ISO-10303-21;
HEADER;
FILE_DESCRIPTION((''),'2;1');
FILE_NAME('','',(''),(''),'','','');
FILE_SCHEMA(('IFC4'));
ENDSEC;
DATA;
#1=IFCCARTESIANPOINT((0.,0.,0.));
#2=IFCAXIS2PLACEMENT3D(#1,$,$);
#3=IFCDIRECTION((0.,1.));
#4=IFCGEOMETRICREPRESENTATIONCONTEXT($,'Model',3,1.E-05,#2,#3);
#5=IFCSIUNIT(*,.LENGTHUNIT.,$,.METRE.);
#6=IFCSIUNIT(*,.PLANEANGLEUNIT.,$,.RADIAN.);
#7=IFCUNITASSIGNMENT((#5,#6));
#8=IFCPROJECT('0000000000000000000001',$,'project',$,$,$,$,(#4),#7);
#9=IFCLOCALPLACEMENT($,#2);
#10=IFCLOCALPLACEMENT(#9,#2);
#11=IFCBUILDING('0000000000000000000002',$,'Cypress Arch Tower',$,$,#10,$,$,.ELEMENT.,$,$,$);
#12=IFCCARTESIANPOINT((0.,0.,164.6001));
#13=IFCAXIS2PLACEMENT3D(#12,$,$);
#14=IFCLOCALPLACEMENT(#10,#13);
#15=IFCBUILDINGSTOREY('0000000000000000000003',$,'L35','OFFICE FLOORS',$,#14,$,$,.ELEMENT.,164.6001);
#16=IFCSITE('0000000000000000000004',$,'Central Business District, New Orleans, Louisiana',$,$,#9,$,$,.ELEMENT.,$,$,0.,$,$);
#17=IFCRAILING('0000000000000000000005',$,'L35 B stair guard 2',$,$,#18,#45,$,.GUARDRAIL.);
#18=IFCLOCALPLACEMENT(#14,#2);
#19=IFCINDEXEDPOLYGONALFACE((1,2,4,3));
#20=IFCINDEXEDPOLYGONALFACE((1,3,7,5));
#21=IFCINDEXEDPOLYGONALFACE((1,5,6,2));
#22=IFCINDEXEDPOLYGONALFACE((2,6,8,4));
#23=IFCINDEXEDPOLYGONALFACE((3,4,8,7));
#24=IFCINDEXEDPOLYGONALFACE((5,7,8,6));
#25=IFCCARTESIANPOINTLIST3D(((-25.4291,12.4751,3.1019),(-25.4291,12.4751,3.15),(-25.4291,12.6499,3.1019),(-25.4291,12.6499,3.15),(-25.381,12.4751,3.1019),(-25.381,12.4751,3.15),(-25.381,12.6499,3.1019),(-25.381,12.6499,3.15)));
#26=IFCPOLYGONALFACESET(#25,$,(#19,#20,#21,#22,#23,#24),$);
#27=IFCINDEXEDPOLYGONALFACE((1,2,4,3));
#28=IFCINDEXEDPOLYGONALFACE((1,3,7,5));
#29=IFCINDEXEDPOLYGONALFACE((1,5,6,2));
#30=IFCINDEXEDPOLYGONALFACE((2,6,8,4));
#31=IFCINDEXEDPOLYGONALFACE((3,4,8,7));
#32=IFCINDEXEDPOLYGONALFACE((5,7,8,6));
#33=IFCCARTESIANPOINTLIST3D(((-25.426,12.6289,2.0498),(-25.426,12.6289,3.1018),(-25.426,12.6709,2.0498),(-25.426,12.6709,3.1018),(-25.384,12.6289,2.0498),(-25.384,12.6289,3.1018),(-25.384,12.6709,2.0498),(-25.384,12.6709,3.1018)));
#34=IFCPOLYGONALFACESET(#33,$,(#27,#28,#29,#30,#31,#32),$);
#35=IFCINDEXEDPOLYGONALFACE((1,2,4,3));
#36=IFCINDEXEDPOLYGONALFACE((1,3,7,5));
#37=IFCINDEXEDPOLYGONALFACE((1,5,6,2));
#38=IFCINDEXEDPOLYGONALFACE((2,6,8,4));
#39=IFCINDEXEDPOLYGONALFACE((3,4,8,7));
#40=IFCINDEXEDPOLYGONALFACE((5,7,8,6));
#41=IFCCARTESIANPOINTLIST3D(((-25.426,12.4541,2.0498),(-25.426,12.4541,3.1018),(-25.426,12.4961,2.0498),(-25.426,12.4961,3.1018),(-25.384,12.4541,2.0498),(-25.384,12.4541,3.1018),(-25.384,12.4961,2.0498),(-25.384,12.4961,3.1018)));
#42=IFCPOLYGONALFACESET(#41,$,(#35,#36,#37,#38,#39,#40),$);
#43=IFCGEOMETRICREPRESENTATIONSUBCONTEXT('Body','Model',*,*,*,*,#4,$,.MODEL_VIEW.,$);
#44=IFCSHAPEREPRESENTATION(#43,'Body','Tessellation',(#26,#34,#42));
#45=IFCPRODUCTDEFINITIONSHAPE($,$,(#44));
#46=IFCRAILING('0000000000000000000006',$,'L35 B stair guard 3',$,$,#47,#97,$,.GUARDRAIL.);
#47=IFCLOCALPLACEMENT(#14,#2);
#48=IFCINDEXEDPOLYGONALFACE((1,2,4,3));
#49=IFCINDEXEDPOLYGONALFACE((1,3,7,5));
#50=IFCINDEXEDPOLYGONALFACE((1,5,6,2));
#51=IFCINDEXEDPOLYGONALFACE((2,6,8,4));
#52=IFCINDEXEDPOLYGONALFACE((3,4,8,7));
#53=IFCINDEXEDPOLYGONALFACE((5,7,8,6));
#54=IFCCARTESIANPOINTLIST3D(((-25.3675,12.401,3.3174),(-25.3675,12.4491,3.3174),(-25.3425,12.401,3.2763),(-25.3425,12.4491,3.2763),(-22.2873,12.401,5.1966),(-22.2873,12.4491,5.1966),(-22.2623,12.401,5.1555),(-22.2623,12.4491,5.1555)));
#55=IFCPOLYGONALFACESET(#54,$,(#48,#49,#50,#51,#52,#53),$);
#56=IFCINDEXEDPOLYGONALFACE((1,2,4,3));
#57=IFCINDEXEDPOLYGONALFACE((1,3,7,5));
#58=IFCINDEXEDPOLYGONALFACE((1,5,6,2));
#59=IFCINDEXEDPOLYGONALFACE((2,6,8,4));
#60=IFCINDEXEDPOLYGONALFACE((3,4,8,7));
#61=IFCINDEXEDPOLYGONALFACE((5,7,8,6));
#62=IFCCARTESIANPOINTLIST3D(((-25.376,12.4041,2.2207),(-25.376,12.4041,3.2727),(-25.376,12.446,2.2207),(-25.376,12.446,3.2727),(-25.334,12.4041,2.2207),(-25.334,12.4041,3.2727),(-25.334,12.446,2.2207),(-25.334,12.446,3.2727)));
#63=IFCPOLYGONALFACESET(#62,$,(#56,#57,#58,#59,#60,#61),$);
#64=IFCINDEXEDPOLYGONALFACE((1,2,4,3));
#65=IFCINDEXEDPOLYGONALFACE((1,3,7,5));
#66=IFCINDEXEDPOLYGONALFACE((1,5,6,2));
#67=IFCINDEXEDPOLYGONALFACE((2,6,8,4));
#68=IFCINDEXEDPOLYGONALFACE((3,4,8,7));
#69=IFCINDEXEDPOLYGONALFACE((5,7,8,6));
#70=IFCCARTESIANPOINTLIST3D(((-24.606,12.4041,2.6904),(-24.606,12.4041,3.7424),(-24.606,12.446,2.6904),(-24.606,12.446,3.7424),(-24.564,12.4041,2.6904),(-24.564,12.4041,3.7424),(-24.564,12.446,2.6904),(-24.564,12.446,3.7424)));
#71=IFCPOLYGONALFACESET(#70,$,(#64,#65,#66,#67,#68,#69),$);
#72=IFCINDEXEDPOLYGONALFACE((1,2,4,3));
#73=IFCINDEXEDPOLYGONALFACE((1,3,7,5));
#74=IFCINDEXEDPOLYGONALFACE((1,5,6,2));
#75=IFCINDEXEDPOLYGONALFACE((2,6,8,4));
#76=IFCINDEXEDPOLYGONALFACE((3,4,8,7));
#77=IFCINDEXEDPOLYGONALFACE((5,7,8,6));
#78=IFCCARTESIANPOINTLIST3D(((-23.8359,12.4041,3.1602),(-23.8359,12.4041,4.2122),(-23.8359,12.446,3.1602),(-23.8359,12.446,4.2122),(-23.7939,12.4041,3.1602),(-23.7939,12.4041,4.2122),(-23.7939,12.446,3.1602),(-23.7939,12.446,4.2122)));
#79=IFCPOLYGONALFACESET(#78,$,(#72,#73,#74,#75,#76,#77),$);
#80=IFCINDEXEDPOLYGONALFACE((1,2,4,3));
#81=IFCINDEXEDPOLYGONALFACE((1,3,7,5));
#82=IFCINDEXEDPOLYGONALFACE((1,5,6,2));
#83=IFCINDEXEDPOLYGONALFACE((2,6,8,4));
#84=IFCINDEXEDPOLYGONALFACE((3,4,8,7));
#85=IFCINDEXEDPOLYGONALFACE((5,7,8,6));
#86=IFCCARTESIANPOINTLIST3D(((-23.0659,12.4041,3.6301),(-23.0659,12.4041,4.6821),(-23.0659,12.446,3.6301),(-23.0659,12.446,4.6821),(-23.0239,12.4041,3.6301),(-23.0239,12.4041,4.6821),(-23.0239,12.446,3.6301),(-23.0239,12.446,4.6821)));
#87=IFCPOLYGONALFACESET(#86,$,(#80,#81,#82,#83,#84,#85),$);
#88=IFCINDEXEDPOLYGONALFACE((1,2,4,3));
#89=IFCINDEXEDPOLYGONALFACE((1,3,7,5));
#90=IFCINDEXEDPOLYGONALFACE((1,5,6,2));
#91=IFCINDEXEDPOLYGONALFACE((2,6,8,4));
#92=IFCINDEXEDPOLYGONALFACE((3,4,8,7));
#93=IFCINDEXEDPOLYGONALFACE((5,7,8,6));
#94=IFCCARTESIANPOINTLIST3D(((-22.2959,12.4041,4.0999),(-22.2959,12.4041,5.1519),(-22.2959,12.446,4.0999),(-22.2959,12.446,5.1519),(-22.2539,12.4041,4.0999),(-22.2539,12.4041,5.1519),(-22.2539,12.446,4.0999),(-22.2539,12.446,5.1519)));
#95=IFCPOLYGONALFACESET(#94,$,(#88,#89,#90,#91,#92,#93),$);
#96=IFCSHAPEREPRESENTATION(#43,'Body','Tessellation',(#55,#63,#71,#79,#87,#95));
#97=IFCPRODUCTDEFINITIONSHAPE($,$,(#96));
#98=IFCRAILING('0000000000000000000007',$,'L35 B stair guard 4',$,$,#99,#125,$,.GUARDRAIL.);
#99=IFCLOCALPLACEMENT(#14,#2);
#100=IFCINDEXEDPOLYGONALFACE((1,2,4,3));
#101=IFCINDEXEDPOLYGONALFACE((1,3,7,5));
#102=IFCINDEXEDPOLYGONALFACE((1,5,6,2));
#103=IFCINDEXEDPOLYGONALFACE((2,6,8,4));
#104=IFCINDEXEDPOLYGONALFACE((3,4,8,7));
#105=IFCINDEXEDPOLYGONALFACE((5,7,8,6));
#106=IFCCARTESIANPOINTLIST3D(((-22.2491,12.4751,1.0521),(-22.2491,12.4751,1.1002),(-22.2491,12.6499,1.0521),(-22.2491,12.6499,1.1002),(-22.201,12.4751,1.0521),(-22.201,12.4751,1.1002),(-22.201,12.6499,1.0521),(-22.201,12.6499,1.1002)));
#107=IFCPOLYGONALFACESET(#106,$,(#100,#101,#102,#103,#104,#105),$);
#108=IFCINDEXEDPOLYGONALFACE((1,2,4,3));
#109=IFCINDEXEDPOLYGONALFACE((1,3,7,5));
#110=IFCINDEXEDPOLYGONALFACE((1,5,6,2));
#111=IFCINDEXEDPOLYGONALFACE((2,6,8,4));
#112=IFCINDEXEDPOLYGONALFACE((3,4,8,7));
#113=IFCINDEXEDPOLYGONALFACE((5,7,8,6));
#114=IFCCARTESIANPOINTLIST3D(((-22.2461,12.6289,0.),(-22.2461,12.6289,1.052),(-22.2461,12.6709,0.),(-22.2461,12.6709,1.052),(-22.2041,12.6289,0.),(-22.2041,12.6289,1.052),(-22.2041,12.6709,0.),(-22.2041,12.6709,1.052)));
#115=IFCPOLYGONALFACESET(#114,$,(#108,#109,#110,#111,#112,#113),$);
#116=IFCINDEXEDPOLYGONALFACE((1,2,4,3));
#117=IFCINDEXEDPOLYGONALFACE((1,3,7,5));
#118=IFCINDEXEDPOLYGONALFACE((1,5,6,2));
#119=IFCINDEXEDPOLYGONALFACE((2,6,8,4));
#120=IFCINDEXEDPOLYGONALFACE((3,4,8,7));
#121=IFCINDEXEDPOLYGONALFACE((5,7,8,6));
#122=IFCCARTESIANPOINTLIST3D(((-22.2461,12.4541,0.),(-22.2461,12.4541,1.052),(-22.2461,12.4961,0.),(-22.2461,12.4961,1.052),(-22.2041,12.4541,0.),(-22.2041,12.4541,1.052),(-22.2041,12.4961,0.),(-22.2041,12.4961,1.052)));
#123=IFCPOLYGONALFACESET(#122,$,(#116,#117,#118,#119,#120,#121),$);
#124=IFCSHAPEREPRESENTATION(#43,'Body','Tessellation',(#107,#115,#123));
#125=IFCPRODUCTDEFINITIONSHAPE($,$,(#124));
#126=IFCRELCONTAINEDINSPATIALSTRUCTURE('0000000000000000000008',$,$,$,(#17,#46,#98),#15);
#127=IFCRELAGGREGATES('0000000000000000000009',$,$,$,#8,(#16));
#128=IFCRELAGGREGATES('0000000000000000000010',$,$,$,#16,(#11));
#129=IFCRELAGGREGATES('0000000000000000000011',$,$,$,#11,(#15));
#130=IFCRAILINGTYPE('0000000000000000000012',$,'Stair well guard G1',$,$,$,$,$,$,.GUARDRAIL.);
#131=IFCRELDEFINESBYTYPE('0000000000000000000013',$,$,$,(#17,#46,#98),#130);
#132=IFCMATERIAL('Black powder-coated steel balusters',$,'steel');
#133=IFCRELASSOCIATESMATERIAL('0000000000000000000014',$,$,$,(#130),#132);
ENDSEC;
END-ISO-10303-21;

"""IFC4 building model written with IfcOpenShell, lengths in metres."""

from ifc_helpers import new_model, si_unit, direction, frame, origin, origin_2d, place, context, subcontext, project, spatial, rectangle, extrude, material, type_object, element, save


model = new_model("IFC4")

# Units and contexts
model_context = context("Model", 3, precision=1e-05, world=origin(), true_north=direction((0.0, 1.0)))
body_context = subcontext(model_context, "Body", "Model", "MODEL_VIEW")
ifc_project = project(units=[si_unit("LENGTHUNIT", "METRE"), si_unit("PLANEANGLEUNIT", "RADIAN")], contexts=[model_context])

# Site, building, storey
site_placement = place(None, origin())
site = spatial("IfcSite", under=ifc_project, at=site_placement, Name="Central Business District, New Orleans, Louisiana", CompositionType="ELEMENT", RefElevation=0.0)
building_placement = place(site_placement, origin())
building = spatial("IfcBuilding", under=site, at=building_placement, Name="Cypress Arch Tower", CompositionType="ELEMENT")
storey_placement = place(building_placement, frame((0.0, 0.0, 164.6001)))
storey = spatial("IfcBuildingStorey", under=building, at=storey_placement, Name="L35", Description="OFFICE FLOORS", CompositionType="ELEMENT", Elevation=164.6001)

# Railings
ifc_material_1 = material(Name="Black powder-coated steel balusters", Category="steel")
railing_type_1 = type_object("IfcRailingType", Name="Stair well guard G1", PredefinedType="GUARDRAIL", material=ifc_material_1)
railing_1_placement = place(storey_placement, frame((-25.405, 12.6499, 2.0498)))
element("IfcRailing", 1, at=railing_1_placement, inside=storey, type_object=railing_type_1, Name="L35 B stair guard 2", PredefinedType="GUARDRAIL", context=body_context, shape_type="SweptSolid", body=[
    extrude(rectangle(XDim=0.0481, YDim=0.0481, at=origin_2d()), frame((0.0, 0.0, 1.0762), z_axis=(0.0, -1.0, 0.0), x_axis=(1.0, 0.0, 0.0)), (0.0, 0.0, 1.0), 0.1748),
    extrude(rectangle(XDim=0.042, YDim=0.042, at=origin_2d()), origin(), (0.0, 0.0, 1.0), 1.052),
    extrude(rectangle(XDim=0.042, YDim=0.042, at=origin_2d()), frame((0.0, -0.1748, 0.0)), (0.0, 0.0, 1.0), 1.052),
])
railing_2_placement = place(storey_placement, frame((-25.355, 12.425, 2.2207)))
element("IfcRailing", 2, at=railing_2_placement, inside=storey, type_object=railing_type_1, Name="L35 B stair guard 3", PredefinedType="GUARDRAIL", context=body_context, shape_type="SweptSolid", body=[
    extrude(rectangle(XDim=0.0481, YDim=0.0481, at=origin_2d()), frame((0.0, 0.0, 1.0762), z_axis=(0.853666, 0.0, 0.52082), x_axis=(0.0, 1.0, 0.0)), (0.0, 0.0, 1.0), 3.6082),
    extrude(rectangle(XDim=0.042, YDim=0.042, at=origin_2d()), origin(), (0.0, 0.0, 1.0), 1.052),
    extrude(rectangle(XDim=0.042, YDim=0.042, at=origin_2d()), frame((0.77, 0.0, 0.4697)), (0.0, 0.0, 1.0), 1.052),
    extrude(rectangle(XDim=0.042, YDim=0.042, at=origin_2d()), frame((1.54, 0.0, 0.9395)), (0.0, 0.0, 1.0), 1.052),
    extrude(rectangle(XDim=0.042, YDim=0.042, at=origin_2d()), frame((2.3101, 0.0, 1.4094)), (0.0, 0.0, 1.0), 1.052),
    extrude(rectangle(XDim=0.042, YDim=0.042, at=origin_2d()), frame((3.0801, 0.0, 1.8792)), (0.0, 0.0, 1.0), 1.052),
])
railing_3_placement = place(storey_placement, frame((-22.2251, 12.6499, 0.0)))
element("IfcRailing", 3, at=railing_3_placement, inside=storey, type_object=railing_type_1, Name="L35 B stair guard 4", PredefinedType="GUARDRAIL", context=body_context, shape_type="SweptSolid", body=[
    extrude(rectangle(XDim=0.0481, YDim=0.0481, at=origin_2d()), frame((0.0, 0.0, 1.0762), z_axis=(0.0, -1.0, 0.0), x_axis=(1.0, 0.0, 0.0)), (0.0, 0.0, 1.0), 0.1748),
    extrude(rectangle(XDim=0.042, YDim=0.042, at=origin_2d()), origin(), (0.0, 0.0, 1.0), 1.052),
    extrude(rectangle(XDim=0.042, YDim=0.042, at=origin_2d()), frame((0.0, -0.1748, 0.0)), (0.0, 0.0, 1.0), 1.052),
])

save(model, "model.ifc")
